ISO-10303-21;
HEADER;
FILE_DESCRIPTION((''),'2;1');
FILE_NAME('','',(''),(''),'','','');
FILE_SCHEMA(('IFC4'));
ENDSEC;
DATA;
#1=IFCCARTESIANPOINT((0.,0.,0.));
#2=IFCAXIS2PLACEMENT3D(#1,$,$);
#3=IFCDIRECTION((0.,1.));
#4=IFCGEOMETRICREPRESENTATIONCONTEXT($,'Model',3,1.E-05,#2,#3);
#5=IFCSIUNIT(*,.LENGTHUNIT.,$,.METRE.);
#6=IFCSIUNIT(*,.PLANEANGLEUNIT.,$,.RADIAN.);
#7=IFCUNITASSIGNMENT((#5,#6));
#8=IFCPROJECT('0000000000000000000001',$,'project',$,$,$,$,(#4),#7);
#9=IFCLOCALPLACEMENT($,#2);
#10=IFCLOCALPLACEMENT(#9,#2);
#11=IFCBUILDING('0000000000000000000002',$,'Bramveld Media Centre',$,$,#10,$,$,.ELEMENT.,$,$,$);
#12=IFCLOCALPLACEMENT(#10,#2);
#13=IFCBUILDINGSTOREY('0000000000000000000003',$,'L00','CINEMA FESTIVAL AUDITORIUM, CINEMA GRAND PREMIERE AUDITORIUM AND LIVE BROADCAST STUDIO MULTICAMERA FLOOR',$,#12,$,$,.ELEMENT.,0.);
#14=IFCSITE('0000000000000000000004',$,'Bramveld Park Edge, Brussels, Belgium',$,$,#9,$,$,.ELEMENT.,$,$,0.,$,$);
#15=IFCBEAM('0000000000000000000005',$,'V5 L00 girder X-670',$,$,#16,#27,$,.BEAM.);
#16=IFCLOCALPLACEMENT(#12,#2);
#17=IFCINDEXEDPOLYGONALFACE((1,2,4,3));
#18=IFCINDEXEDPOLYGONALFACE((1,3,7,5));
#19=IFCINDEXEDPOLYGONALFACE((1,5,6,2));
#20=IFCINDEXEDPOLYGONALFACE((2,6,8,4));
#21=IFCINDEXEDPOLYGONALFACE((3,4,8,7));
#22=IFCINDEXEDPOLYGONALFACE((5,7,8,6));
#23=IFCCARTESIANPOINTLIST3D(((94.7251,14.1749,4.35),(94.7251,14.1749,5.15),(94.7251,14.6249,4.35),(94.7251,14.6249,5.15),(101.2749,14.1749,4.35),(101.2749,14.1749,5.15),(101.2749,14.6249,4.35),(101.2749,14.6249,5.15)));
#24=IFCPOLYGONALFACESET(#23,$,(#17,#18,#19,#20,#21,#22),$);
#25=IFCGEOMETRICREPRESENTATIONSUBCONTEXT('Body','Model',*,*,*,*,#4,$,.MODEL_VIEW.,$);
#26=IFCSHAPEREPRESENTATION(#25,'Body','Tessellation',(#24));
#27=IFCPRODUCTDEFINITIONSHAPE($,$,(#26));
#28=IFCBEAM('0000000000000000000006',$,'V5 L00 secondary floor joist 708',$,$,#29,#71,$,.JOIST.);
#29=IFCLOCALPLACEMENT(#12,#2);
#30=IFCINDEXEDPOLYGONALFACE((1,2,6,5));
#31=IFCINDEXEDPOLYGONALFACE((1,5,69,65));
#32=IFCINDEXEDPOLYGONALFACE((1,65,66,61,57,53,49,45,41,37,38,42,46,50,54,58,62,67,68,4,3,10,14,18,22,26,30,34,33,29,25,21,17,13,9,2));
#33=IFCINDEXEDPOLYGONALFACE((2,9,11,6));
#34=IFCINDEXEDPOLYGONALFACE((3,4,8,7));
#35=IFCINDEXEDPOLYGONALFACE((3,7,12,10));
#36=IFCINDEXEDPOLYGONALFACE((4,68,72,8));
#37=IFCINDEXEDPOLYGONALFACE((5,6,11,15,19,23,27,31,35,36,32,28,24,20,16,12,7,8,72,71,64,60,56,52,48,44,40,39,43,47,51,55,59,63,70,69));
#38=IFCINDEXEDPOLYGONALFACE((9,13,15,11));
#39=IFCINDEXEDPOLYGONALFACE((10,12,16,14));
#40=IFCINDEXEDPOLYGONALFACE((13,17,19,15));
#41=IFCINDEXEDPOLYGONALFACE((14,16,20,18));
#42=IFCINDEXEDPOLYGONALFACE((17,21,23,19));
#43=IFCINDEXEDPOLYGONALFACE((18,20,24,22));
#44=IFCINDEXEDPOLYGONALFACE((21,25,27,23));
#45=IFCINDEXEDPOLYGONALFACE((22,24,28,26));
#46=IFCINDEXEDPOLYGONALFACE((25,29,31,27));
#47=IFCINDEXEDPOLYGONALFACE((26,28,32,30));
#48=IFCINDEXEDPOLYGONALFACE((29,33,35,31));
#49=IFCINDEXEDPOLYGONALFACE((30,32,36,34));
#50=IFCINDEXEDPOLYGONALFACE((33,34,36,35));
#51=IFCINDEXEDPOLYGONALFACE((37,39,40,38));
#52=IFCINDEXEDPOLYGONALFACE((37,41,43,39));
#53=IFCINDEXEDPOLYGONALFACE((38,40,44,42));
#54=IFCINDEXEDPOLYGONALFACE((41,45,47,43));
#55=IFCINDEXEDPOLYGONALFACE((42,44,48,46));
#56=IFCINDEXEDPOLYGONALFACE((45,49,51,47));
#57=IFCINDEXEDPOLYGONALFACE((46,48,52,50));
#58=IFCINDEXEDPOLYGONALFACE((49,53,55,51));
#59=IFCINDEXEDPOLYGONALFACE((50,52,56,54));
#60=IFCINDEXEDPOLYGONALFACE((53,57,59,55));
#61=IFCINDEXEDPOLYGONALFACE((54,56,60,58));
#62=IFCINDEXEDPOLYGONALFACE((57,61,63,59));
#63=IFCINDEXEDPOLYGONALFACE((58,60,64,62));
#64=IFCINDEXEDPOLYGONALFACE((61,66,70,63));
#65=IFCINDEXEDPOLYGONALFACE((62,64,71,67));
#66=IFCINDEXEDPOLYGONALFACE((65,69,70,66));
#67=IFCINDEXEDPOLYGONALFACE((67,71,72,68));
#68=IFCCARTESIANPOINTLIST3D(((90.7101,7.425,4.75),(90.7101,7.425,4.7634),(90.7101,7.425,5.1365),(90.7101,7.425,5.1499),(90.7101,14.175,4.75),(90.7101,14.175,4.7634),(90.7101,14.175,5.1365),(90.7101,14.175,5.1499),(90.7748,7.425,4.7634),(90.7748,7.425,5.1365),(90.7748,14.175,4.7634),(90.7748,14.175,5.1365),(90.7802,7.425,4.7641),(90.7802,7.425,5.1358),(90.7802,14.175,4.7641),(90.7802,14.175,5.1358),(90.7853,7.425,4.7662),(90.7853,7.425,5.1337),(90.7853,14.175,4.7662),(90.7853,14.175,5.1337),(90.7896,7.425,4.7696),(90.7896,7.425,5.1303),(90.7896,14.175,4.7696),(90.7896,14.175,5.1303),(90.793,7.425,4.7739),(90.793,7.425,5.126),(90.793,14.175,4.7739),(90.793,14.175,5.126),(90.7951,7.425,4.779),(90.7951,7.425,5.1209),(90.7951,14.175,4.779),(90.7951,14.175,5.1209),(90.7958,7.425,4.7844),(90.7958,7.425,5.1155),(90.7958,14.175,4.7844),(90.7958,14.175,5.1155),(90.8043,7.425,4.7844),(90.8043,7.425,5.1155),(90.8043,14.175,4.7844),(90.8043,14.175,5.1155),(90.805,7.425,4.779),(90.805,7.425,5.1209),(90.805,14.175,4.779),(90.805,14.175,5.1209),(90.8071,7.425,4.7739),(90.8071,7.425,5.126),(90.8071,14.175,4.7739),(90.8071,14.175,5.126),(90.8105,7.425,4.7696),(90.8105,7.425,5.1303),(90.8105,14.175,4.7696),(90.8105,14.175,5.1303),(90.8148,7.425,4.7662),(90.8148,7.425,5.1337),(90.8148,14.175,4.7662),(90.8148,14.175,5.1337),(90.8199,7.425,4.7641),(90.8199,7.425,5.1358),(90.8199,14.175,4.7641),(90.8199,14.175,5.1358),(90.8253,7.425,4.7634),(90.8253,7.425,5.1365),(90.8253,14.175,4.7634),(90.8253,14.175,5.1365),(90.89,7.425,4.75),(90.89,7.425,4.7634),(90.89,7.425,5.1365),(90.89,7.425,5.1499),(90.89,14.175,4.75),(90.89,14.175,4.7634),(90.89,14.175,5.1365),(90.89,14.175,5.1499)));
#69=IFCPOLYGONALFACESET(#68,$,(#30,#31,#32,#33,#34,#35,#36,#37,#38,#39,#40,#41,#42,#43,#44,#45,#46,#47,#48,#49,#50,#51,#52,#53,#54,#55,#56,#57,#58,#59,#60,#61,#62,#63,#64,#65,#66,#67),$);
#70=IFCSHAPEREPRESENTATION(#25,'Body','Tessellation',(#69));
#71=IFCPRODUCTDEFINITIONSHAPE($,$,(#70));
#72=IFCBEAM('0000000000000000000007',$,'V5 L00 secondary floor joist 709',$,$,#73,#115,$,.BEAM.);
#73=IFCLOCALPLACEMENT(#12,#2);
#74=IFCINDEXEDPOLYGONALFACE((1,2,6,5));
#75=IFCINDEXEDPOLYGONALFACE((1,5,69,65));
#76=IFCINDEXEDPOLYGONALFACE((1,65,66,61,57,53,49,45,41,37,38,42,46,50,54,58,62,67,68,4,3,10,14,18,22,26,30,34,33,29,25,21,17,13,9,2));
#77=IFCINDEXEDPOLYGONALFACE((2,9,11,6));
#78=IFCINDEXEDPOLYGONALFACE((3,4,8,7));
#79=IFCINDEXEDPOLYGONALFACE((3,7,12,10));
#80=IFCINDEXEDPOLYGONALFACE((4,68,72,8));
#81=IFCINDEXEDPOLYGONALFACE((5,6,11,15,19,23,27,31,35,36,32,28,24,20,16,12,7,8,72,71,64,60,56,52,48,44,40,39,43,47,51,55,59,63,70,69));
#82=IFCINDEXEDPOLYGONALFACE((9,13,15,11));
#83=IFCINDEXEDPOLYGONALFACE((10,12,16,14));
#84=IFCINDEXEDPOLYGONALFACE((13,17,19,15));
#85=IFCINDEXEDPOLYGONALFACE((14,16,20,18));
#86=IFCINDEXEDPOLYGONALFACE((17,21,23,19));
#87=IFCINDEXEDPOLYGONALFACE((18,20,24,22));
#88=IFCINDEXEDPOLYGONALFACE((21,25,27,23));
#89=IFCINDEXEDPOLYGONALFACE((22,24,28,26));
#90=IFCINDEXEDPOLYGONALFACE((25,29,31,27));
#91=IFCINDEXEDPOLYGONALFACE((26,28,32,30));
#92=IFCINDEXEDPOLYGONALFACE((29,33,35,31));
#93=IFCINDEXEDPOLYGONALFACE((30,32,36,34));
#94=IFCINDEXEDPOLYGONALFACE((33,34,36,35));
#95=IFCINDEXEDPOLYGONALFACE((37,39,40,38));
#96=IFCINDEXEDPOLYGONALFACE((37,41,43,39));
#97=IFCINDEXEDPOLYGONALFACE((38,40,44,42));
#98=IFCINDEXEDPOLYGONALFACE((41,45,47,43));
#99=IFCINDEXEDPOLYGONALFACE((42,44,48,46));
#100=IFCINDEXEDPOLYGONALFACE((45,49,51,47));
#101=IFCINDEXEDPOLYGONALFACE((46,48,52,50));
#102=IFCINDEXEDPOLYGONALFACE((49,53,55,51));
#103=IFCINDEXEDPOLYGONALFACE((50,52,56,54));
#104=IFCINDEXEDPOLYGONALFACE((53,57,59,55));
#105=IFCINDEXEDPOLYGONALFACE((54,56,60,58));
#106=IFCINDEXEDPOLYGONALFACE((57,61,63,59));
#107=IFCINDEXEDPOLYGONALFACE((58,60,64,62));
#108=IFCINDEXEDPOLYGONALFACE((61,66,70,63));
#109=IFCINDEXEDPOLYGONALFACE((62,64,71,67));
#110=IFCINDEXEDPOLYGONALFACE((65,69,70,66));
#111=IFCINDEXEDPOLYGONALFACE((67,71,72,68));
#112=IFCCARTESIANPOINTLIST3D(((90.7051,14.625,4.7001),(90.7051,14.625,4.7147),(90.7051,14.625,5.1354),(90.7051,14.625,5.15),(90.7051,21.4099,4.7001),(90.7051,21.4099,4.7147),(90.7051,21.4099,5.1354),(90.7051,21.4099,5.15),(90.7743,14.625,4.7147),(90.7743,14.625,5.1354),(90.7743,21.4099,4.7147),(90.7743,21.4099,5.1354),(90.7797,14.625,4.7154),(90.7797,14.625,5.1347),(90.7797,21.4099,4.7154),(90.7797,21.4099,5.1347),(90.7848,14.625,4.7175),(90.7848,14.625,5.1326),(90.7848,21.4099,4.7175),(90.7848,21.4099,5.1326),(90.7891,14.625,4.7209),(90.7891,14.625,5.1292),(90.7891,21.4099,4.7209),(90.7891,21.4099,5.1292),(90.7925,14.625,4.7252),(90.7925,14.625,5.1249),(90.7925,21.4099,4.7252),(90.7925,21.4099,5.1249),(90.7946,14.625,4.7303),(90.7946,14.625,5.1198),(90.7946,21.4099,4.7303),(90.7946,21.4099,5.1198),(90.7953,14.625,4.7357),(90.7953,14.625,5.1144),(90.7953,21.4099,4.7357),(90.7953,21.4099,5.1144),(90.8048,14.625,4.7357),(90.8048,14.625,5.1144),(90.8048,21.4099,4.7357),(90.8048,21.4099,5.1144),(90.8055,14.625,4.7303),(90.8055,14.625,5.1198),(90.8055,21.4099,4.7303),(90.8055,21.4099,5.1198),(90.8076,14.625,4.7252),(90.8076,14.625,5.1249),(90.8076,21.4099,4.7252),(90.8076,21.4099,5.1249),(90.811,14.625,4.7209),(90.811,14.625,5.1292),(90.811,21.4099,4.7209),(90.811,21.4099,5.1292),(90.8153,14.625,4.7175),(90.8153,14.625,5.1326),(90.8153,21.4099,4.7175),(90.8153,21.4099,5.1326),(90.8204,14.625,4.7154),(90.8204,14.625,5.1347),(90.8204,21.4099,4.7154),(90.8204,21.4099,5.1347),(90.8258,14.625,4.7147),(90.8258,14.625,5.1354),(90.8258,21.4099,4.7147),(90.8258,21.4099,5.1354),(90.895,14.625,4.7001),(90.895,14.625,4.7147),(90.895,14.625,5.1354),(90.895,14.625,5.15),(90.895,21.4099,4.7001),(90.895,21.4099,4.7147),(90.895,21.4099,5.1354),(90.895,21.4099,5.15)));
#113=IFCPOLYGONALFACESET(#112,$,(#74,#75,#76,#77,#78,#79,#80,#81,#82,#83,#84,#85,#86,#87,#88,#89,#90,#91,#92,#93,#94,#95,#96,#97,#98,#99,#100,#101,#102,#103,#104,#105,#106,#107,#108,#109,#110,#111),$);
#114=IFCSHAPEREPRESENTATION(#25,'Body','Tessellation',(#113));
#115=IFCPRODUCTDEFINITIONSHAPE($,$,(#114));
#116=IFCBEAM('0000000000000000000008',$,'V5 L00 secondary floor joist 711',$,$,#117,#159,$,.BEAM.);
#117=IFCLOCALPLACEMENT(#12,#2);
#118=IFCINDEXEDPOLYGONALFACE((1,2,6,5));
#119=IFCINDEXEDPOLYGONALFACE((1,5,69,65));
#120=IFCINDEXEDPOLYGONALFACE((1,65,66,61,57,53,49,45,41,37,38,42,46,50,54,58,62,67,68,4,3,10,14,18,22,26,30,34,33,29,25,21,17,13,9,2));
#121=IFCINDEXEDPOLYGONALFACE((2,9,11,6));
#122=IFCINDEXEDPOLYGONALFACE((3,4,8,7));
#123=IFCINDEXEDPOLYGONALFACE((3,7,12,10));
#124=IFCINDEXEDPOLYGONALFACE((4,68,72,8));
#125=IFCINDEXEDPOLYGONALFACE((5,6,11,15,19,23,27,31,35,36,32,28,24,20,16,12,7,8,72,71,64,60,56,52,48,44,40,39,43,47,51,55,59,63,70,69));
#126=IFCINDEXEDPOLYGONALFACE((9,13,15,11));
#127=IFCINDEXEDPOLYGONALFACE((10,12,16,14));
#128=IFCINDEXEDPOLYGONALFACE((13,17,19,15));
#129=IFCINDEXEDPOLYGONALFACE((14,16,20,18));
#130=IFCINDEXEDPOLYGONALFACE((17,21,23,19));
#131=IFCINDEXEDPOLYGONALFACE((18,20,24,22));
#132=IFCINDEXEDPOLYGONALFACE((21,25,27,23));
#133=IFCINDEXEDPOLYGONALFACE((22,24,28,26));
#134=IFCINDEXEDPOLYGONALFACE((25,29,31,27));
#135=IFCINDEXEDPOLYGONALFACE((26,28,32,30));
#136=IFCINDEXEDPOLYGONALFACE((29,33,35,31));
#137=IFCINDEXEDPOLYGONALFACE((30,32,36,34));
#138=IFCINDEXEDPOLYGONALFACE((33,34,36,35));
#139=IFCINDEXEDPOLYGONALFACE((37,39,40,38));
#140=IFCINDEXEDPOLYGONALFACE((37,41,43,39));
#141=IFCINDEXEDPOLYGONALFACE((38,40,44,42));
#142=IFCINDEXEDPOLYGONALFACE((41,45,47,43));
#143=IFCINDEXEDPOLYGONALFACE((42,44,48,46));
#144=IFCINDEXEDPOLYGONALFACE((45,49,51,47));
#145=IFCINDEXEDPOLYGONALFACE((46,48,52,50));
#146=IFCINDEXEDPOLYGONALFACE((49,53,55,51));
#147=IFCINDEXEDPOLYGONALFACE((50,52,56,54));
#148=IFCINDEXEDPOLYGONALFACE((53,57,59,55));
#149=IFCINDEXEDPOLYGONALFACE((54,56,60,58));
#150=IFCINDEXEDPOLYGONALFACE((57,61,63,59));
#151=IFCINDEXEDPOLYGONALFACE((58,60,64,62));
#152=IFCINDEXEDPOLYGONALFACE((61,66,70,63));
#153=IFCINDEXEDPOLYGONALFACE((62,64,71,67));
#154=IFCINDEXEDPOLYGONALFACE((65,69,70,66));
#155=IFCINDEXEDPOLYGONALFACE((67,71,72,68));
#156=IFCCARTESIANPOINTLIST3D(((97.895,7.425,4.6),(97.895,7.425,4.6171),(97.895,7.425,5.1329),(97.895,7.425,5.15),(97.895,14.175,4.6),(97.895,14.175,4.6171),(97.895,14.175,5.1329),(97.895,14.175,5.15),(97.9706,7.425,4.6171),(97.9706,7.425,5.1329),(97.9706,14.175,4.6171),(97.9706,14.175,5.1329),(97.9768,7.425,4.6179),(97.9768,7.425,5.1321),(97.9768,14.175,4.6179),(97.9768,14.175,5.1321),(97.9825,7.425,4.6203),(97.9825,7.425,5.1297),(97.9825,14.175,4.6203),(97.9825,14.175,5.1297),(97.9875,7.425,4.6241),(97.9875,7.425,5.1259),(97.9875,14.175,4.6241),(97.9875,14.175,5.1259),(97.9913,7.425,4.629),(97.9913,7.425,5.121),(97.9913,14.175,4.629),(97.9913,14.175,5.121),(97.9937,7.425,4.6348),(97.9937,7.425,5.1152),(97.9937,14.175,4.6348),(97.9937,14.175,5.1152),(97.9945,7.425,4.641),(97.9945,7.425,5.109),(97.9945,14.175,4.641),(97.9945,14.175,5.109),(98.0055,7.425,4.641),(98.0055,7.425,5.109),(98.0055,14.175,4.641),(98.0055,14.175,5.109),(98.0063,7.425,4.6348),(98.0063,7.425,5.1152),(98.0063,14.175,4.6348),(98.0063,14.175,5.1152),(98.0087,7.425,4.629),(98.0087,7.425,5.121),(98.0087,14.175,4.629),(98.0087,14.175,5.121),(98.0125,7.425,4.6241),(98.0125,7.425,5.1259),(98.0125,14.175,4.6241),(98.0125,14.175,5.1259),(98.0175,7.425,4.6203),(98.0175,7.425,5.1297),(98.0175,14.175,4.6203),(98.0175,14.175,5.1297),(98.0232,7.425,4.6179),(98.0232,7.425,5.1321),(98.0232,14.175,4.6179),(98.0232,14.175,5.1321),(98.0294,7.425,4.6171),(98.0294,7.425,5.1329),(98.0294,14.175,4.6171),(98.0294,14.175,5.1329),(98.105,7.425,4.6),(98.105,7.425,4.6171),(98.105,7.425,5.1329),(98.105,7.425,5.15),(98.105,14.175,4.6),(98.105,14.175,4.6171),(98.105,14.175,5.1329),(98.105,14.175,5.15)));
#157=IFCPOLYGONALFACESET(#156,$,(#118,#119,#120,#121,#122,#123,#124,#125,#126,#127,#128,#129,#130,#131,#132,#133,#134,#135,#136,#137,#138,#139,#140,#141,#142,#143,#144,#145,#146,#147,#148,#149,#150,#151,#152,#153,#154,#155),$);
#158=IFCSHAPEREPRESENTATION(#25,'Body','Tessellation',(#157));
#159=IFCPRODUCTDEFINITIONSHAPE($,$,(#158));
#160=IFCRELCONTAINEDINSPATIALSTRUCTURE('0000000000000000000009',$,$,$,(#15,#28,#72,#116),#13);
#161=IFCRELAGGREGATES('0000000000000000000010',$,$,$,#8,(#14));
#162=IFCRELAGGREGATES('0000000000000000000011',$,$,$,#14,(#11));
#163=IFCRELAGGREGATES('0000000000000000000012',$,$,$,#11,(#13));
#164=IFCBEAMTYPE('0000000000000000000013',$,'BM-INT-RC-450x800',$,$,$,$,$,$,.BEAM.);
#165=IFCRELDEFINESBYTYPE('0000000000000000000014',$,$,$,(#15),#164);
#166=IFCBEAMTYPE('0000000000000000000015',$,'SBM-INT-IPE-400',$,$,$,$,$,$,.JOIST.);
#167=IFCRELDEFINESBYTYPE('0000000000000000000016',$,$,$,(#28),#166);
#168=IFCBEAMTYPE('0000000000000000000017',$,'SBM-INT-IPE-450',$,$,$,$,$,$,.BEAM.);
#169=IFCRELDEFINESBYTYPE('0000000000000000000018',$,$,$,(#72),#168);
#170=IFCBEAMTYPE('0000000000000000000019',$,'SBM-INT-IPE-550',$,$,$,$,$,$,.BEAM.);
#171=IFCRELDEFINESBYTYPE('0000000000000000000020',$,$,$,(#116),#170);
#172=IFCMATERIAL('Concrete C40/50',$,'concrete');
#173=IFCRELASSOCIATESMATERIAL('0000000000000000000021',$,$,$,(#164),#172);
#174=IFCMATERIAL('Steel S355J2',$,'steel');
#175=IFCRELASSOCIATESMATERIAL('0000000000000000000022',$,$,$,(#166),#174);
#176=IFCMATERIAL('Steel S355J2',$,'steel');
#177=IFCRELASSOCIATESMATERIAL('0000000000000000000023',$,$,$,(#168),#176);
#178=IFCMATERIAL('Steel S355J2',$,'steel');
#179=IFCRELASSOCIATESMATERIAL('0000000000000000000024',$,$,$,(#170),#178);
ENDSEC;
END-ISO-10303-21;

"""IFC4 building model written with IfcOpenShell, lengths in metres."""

from ifc_helpers import new_model, si_unit, direction, frame, origin, origin_2d, place, context, subcontext, project, spatial, rectangle, i_section, extrude, material, material_profile, profile_set, type_object, element, save


model = new_model("IFC4")

# Units and contexts
model_context = context("Model", 3, precision=1e-05, world=origin(), true_north=direction((0.0, 1.0)))
body_context = subcontext(model_context, "Body", "Model", "MODEL_VIEW")
ifc_project = project(units=[si_unit("LENGTHUNIT", "METRE"), si_unit("PLANEANGLEUNIT", "RADIAN")], contexts=[model_context])

# Site, building, storey
site_placement = place(None, origin())
site = spatial("IfcSite", under=ifc_project, at=site_placement, Name="Bramveld Park Edge, Brussels, Belgium", CompositionType="ELEMENT", RefElevation=0.0)
building_placement = place(site_placement, origin())
building = spatial("IfcBuilding", under=site, at=building_placement, Name="Bramveld Media Centre", CompositionType="ELEMENT")
storey_placement = place(building_placement, origin())
storey = spatial("IfcBuildingStorey", under=building, at=storey_placement, Name="L00", Description="CINEMA FESTIVAL AUDITORIUM, CINEMA GRAND PREMIERE AUDITORIUM AND LIVE BROADCAST STUDIO MULTICAMERA FLOOR", CompositionType="ELEMENT", Elevation=0.0)

# Beams
ifc_material_1 = material(Name="Concrete C40/50", Category="concrete")
ifc_material_profile_1 = material_profile(ifc_material_1, rectangle(XDim=0.45, YDim=0.8, at=origin_2d()), Name="RC 450x800")
ifc_profile_set_1 = profile_set([ifc_material_profile_1], Name="Concrete C40/50")
beam_type_1 = type_object("IfcBeamType", Name="BM-INT-RC-450x800", PredefinedType="BEAM", material=ifc_profile_set_1)
beam_1_placement = place(storey_placement, frame((94.7251, 14.3999, 4.75), z_axis=(1.0, 0.0, 0.0), x_axis=(0.0, 1.0, 0.0)))
element("IfcBeam", 1, at=beam_1_placement, inside=storey, type_object=beam_type_1, Name="V5 L00 girder X-670", PredefinedType="BEAM", context=body_context, shape_type="SweptSolid", body=[
    extrude(rectangle(XDim=0.45, YDim=0.8, at=origin_2d()), origin(), (0.0, 0.0, 1.0), 6.5498),
])
ifc_material_2 = material(Name="Steel S355J2", Category="steel")
ifc_material_profile_2 = material_profile(ifc_material_2, i_section(OverallWidth=0.1799, OverallDepth=0.3999, WebThickness=0.0085, FlangeThickness=0.0134, FilletRadius=0.021, at=origin_2d()), Name="IPE 400")
ifc_profile_set_2 = profile_set([ifc_material_profile_2], Name="Steel S355J2")
beam_type_2 = type_object("IfcBeamType", Name="SBM-INT-IPE-400", PredefinedType="JOIST", material=ifc_profile_set_2)
beam_2_placement = place(storey_placement, frame((90.8, 7.425, 4.95), z_axis=(0.0, 1.0, 0.0), x_axis=(-1.0, 0.0, 0.0)))
element("IfcBeam", 2, at=beam_2_placement, inside=storey, type_object=beam_type_2, Name="V5 L00 secondary floor joist 708", PredefinedType="JOIST", context=body_context, shape_type="SweptSolid", body=[
    extrude(i_section(OverallWidth=0.1799, OverallDepth=0.3999, WebThickness=0.0085, FlangeThickness=0.0134, FilletRadius=0.021, at=origin_2d()), origin(), (0.0, 0.0, 1.0), 6.75),
])
ifc_material_3 = material(Name="Steel S355J2", Category="steel")
ifc_material_profile_3 = material_profile(ifc_material_3, i_section(OverallWidth=0.1899, OverallDepth=0.45, WebThickness=0.0095, FlangeThickness=0.0146, FilletRadius=0.021, at=origin_2d()), Name="IPE 450")
ifc_profile_set_3 = profile_set([ifc_material_profile_3], Name="Steel S355J2")
beam_type_3 = type_object("IfcBeamType", Name="SBM-INT-IPE-450", PredefinedType="BEAM", material=ifc_profile_set_3)
beam_3_placement = place(storey_placement, frame((90.8, 14.625, 4.925), z_axis=(0.0, 1.0, 0.0), x_axis=(-1.0, 0.0, 0.0)))
element("IfcBeam", 3, at=beam_3_placement, inside=storey, type_object=beam_type_3, Name="V5 L00 secondary floor joist 709", PredefinedType="BEAM", context=body_context, shape_type="SweptSolid", body=[
    extrude(i_section(OverallWidth=0.1899, OverallDepth=0.45, WebThickness=0.0095, FlangeThickness=0.0146, FilletRadius=0.021, at=origin_2d()), origin(), (0.0, 0.0, 1.0), 6.7849),
])
ifc_material_4 = material(Name="Steel S355J2", Category="steel")
ifc_material_profile_4 = material_profile(ifc_material_4, i_section(OverallWidth=0.21, OverallDepth=0.55, WebThickness=0.011, FlangeThickness=0.0171, FilletRadius=0.0239, at=origin_2d()), Name="IPE 550")
ifc_profile_set_4 = profile_set([ifc_material_profile_4], Name="Steel S355J2")
beam_type_4 = type_object("IfcBeamType", Name="SBM-INT-IPE-550", PredefinedType="BEAM", material=ifc_profile_set_4)
beam_4_placement = place(storey_placement, frame((98.0, 7.425, 4.875), z_axis=(0.0, 1.0, 0.0), x_axis=(-1.0, 0.0, 0.0)))
element("IfcBeam", 4, at=beam_4_placement, inside=storey, type_object=beam_type_4, Name="V5 L00 secondary floor joist 711", PredefinedType="BEAM", context=body_context, shape_type="SweptSolid", body=[
    extrude(i_section(OverallWidth=0.21, OverallDepth=0.55, WebThickness=0.011, FlangeThickness=0.0171, FilletRadius=0.0239, at=origin_2d()), origin(), (0.0, 0.0, 1.0), 6.75),
])

save(model, "model.ifc")
